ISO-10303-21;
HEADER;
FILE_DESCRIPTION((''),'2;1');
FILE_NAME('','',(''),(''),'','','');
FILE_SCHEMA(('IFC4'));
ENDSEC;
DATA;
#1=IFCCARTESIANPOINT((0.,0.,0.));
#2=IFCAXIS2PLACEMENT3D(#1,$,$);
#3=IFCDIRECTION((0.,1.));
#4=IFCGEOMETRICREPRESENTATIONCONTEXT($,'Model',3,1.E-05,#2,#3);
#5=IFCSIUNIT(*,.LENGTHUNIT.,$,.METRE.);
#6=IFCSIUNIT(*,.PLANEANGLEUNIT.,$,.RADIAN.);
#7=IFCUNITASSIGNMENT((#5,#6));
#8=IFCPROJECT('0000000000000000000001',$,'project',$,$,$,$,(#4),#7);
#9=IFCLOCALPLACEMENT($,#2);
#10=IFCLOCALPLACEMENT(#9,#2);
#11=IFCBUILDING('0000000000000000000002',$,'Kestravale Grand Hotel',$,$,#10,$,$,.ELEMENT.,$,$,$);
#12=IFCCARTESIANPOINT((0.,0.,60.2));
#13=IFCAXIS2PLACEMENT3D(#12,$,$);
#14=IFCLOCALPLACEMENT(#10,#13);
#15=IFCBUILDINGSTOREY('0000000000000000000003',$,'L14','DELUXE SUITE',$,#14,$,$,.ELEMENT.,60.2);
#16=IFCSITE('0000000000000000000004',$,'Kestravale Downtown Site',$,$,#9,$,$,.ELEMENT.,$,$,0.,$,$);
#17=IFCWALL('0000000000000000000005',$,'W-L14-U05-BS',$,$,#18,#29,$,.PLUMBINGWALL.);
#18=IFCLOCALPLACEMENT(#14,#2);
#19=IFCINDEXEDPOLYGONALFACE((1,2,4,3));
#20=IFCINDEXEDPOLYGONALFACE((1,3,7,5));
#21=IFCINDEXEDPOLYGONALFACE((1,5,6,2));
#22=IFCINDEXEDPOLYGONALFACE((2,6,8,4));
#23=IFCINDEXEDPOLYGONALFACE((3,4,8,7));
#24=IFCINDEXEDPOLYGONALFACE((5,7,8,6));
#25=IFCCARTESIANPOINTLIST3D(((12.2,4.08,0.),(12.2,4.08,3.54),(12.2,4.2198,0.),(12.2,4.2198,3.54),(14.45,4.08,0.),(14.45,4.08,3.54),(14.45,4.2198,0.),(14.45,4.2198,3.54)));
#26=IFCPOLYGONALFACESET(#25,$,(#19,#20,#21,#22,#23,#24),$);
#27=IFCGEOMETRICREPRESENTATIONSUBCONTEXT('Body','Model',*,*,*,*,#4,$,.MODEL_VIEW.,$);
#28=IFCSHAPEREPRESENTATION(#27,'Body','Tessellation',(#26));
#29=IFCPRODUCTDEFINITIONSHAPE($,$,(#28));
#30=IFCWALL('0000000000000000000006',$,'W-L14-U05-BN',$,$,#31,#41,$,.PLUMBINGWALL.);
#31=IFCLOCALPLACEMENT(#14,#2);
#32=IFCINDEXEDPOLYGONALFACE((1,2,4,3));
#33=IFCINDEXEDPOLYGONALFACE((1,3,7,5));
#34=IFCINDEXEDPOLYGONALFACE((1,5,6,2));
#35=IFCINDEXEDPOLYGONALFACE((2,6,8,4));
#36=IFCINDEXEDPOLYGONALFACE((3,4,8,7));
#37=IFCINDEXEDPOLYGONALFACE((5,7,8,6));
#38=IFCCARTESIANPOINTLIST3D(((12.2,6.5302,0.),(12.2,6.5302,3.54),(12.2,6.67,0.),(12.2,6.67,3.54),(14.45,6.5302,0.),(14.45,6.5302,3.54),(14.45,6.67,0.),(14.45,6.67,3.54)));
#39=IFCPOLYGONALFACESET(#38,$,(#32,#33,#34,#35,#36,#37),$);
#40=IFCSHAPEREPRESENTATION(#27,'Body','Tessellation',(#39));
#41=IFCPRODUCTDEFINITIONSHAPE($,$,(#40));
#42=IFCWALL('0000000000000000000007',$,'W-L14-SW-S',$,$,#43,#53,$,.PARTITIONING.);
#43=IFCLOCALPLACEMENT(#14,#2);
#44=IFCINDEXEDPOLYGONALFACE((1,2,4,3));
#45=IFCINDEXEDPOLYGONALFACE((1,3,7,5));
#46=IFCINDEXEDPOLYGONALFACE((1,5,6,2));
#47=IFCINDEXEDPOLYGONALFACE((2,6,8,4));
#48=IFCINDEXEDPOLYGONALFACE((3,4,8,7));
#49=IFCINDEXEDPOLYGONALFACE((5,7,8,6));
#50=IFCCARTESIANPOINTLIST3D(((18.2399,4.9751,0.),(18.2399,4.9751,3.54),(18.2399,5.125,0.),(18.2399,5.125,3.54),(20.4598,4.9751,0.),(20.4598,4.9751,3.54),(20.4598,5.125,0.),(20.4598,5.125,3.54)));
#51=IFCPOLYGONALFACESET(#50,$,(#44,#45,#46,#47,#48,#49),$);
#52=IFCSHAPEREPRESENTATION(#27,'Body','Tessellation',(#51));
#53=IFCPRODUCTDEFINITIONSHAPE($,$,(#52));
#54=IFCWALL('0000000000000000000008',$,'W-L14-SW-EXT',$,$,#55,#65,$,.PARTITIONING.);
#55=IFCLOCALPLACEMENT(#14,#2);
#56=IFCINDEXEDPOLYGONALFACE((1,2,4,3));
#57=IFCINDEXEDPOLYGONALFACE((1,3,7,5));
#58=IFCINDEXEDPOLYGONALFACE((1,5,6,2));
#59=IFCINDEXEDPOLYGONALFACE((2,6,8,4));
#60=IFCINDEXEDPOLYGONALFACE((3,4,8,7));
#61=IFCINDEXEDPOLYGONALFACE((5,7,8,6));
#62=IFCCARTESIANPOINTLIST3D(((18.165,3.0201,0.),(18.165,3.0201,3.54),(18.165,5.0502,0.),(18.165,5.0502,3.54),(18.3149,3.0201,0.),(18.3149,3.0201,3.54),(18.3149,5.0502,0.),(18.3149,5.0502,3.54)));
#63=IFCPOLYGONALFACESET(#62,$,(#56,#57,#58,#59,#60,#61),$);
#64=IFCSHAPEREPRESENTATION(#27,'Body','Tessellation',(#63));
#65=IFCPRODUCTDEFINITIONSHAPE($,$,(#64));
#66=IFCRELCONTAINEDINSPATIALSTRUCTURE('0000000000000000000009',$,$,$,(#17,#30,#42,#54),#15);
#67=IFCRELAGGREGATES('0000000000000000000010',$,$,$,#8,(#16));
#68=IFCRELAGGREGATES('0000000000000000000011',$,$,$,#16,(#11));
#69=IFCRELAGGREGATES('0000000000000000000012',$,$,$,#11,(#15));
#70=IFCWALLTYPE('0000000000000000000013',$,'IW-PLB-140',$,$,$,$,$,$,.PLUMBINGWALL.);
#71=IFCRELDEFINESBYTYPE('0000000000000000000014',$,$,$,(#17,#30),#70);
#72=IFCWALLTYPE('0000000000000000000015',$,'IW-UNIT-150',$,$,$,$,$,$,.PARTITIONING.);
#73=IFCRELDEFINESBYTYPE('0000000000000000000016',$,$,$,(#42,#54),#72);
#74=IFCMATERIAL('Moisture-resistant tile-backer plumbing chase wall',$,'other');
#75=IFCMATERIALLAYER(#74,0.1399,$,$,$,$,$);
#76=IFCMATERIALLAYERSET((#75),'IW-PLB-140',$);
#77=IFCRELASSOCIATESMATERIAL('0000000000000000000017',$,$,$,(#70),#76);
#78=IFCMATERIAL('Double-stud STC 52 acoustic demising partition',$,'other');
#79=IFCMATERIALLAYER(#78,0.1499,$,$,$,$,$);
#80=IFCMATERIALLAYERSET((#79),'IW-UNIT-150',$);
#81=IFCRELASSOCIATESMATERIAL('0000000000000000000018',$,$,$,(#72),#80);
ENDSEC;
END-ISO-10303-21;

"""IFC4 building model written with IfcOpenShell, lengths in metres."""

from ifc_helpers import new_model, si_unit, direction, frame, frame_2d, origin, place, context, subcontext, project, spatial, rectangle, extrude, material, layer, layer_set, type_object, element, save


model = new_model("IFC4")

# Units and contexts
model_context = context("Model", 3, precision=1e-05, world=origin(), true_north=direction((0.0, 1.0)))
body_context = subcontext(model_context, "Body", "Model", "MODEL_VIEW")
ifc_project = project(units=[si_unit("LENGTHUNIT", "METRE"), si_unit("PLANEANGLEUNIT", "RADIAN")], contexts=[model_context])

# Site, building, storey
site_placement = place(None, origin())
site = spatial("IfcSite", under=ifc_project, at=site_placement, Name="Kestravale Downtown Site", CompositionType="ELEMENT", RefElevation=0.0)
building_placement = place(site_placement, origin())
building = spatial("IfcBuilding", under=site, at=building_placement, Name="Kestravale Grand Hotel", CompositionType="ELEMENT")
storey_placement = place(building_placement, frame((0.0, 0.0, 60.2)))
storey = spatial("IfcBuildingStorey", under=building, at=storey_placement, Name="L14", Description="DELUXE SUITE", CompositionType="ELEMENT", Elevation=60.2)

# Shared definitions
ifc_material_1 = material(Name="Moisture-resistant tile-backer plumbing chase wall", Category="other")
ifc_layer_1 = layer(ifc_material_1, 0.1399)
ifc_layer_set_1 = layer_set([ifc_layer_1], Name="IW-PLB-140")
wall_type_1 = type_object("IfcWallType", Name="IW-PLB-140", PredefinedType="PLUMBINGWALL", material=ifc_layer_set_1)

# Walls
for number, where, z_axis, x_axis, name in (
    (1, (12.2, 4.1499, 0.0), (0.0, 0.0, 1.0), (1.0, 0.0, 0.0), "W-L14-U05-BS"),
    (2, (12.2, 6.6001, 0.0), (0.0, 0.0, 1.0), (1.0, 0.0, 0.0), "W-L14-U05-BN"),
):
    element("IfcWall", number, at=place(storey_placement, frame(where, z_axis=z_axis, x_axis=x_axis)), inside=storey, type_object=wall_type_1, Name=name, PredefinedType="PLUMBINGWALL", context=body_context, shape_type="SweptSolid", body=[
        extrude(rectangle(XDim=2.25, YDim=0.1399, at=frame_2d((1.125, 0.0))), origin(), (0.0, 0.0, 1.0), 3.54),
    ])
ifc_material_2 = material(Name="Double-stud STC 52 acoustic demising partition", Category="other")
ifc_layer_2 = layer(ifc_material_2, 0.1499)
ifc_layer_set_2 = layer_set([ifc_layer_2], Name="IW-UNIT-150")
wall_type_2 = type_object("IfcWallType", Name="IW-UNIT-150", PredefinedType="PARTITIONING", material=ifc_layer_set_2)
wall_1_placement = place(storey_placement, frame((18.24, 5.05, 0.0), z_axis=(0.0, 0.0, 1.0), x_axis=(1.0, 0.0, 0.0)))
element("IfcWall", 3, at=wall_1_placement, inside=storey, type_object=wall_type_2, Name="W-L14-SW-S", PredefinedType="PARTITIONING", context=body_context, shape_type="SweptSolid", body=[
    extrude(rectangle(XDim=2.22, YDim=0.1499, at=frame_2d((1.1099, 0.0))), origin(), (0.0, 0.0, 1.0), 3.54),
])
wall_2_placement = place(storey_placement, frame((18.24, 3.02, 0.0), z_axis=(0.0, 0.0, 1.0), x_axis=(0.0, 1.0, 0.0)))
element("IfcWall", 4, at=wall_2_placement, inside=storey, type_object=wall_type_2, Name="W-L14-SW-EXT", PredefinedType="PARTITIONING", context=body_context, shape_type="SweptSolid", body=[
    extrude(rectangle(XDim=2.03, YDim=0.1499, at=frame_2d((1.0151, 0.0))), origin(), (0.0, 0.0, 1.0), 3.54),
])

save(model, "model.ifc")
